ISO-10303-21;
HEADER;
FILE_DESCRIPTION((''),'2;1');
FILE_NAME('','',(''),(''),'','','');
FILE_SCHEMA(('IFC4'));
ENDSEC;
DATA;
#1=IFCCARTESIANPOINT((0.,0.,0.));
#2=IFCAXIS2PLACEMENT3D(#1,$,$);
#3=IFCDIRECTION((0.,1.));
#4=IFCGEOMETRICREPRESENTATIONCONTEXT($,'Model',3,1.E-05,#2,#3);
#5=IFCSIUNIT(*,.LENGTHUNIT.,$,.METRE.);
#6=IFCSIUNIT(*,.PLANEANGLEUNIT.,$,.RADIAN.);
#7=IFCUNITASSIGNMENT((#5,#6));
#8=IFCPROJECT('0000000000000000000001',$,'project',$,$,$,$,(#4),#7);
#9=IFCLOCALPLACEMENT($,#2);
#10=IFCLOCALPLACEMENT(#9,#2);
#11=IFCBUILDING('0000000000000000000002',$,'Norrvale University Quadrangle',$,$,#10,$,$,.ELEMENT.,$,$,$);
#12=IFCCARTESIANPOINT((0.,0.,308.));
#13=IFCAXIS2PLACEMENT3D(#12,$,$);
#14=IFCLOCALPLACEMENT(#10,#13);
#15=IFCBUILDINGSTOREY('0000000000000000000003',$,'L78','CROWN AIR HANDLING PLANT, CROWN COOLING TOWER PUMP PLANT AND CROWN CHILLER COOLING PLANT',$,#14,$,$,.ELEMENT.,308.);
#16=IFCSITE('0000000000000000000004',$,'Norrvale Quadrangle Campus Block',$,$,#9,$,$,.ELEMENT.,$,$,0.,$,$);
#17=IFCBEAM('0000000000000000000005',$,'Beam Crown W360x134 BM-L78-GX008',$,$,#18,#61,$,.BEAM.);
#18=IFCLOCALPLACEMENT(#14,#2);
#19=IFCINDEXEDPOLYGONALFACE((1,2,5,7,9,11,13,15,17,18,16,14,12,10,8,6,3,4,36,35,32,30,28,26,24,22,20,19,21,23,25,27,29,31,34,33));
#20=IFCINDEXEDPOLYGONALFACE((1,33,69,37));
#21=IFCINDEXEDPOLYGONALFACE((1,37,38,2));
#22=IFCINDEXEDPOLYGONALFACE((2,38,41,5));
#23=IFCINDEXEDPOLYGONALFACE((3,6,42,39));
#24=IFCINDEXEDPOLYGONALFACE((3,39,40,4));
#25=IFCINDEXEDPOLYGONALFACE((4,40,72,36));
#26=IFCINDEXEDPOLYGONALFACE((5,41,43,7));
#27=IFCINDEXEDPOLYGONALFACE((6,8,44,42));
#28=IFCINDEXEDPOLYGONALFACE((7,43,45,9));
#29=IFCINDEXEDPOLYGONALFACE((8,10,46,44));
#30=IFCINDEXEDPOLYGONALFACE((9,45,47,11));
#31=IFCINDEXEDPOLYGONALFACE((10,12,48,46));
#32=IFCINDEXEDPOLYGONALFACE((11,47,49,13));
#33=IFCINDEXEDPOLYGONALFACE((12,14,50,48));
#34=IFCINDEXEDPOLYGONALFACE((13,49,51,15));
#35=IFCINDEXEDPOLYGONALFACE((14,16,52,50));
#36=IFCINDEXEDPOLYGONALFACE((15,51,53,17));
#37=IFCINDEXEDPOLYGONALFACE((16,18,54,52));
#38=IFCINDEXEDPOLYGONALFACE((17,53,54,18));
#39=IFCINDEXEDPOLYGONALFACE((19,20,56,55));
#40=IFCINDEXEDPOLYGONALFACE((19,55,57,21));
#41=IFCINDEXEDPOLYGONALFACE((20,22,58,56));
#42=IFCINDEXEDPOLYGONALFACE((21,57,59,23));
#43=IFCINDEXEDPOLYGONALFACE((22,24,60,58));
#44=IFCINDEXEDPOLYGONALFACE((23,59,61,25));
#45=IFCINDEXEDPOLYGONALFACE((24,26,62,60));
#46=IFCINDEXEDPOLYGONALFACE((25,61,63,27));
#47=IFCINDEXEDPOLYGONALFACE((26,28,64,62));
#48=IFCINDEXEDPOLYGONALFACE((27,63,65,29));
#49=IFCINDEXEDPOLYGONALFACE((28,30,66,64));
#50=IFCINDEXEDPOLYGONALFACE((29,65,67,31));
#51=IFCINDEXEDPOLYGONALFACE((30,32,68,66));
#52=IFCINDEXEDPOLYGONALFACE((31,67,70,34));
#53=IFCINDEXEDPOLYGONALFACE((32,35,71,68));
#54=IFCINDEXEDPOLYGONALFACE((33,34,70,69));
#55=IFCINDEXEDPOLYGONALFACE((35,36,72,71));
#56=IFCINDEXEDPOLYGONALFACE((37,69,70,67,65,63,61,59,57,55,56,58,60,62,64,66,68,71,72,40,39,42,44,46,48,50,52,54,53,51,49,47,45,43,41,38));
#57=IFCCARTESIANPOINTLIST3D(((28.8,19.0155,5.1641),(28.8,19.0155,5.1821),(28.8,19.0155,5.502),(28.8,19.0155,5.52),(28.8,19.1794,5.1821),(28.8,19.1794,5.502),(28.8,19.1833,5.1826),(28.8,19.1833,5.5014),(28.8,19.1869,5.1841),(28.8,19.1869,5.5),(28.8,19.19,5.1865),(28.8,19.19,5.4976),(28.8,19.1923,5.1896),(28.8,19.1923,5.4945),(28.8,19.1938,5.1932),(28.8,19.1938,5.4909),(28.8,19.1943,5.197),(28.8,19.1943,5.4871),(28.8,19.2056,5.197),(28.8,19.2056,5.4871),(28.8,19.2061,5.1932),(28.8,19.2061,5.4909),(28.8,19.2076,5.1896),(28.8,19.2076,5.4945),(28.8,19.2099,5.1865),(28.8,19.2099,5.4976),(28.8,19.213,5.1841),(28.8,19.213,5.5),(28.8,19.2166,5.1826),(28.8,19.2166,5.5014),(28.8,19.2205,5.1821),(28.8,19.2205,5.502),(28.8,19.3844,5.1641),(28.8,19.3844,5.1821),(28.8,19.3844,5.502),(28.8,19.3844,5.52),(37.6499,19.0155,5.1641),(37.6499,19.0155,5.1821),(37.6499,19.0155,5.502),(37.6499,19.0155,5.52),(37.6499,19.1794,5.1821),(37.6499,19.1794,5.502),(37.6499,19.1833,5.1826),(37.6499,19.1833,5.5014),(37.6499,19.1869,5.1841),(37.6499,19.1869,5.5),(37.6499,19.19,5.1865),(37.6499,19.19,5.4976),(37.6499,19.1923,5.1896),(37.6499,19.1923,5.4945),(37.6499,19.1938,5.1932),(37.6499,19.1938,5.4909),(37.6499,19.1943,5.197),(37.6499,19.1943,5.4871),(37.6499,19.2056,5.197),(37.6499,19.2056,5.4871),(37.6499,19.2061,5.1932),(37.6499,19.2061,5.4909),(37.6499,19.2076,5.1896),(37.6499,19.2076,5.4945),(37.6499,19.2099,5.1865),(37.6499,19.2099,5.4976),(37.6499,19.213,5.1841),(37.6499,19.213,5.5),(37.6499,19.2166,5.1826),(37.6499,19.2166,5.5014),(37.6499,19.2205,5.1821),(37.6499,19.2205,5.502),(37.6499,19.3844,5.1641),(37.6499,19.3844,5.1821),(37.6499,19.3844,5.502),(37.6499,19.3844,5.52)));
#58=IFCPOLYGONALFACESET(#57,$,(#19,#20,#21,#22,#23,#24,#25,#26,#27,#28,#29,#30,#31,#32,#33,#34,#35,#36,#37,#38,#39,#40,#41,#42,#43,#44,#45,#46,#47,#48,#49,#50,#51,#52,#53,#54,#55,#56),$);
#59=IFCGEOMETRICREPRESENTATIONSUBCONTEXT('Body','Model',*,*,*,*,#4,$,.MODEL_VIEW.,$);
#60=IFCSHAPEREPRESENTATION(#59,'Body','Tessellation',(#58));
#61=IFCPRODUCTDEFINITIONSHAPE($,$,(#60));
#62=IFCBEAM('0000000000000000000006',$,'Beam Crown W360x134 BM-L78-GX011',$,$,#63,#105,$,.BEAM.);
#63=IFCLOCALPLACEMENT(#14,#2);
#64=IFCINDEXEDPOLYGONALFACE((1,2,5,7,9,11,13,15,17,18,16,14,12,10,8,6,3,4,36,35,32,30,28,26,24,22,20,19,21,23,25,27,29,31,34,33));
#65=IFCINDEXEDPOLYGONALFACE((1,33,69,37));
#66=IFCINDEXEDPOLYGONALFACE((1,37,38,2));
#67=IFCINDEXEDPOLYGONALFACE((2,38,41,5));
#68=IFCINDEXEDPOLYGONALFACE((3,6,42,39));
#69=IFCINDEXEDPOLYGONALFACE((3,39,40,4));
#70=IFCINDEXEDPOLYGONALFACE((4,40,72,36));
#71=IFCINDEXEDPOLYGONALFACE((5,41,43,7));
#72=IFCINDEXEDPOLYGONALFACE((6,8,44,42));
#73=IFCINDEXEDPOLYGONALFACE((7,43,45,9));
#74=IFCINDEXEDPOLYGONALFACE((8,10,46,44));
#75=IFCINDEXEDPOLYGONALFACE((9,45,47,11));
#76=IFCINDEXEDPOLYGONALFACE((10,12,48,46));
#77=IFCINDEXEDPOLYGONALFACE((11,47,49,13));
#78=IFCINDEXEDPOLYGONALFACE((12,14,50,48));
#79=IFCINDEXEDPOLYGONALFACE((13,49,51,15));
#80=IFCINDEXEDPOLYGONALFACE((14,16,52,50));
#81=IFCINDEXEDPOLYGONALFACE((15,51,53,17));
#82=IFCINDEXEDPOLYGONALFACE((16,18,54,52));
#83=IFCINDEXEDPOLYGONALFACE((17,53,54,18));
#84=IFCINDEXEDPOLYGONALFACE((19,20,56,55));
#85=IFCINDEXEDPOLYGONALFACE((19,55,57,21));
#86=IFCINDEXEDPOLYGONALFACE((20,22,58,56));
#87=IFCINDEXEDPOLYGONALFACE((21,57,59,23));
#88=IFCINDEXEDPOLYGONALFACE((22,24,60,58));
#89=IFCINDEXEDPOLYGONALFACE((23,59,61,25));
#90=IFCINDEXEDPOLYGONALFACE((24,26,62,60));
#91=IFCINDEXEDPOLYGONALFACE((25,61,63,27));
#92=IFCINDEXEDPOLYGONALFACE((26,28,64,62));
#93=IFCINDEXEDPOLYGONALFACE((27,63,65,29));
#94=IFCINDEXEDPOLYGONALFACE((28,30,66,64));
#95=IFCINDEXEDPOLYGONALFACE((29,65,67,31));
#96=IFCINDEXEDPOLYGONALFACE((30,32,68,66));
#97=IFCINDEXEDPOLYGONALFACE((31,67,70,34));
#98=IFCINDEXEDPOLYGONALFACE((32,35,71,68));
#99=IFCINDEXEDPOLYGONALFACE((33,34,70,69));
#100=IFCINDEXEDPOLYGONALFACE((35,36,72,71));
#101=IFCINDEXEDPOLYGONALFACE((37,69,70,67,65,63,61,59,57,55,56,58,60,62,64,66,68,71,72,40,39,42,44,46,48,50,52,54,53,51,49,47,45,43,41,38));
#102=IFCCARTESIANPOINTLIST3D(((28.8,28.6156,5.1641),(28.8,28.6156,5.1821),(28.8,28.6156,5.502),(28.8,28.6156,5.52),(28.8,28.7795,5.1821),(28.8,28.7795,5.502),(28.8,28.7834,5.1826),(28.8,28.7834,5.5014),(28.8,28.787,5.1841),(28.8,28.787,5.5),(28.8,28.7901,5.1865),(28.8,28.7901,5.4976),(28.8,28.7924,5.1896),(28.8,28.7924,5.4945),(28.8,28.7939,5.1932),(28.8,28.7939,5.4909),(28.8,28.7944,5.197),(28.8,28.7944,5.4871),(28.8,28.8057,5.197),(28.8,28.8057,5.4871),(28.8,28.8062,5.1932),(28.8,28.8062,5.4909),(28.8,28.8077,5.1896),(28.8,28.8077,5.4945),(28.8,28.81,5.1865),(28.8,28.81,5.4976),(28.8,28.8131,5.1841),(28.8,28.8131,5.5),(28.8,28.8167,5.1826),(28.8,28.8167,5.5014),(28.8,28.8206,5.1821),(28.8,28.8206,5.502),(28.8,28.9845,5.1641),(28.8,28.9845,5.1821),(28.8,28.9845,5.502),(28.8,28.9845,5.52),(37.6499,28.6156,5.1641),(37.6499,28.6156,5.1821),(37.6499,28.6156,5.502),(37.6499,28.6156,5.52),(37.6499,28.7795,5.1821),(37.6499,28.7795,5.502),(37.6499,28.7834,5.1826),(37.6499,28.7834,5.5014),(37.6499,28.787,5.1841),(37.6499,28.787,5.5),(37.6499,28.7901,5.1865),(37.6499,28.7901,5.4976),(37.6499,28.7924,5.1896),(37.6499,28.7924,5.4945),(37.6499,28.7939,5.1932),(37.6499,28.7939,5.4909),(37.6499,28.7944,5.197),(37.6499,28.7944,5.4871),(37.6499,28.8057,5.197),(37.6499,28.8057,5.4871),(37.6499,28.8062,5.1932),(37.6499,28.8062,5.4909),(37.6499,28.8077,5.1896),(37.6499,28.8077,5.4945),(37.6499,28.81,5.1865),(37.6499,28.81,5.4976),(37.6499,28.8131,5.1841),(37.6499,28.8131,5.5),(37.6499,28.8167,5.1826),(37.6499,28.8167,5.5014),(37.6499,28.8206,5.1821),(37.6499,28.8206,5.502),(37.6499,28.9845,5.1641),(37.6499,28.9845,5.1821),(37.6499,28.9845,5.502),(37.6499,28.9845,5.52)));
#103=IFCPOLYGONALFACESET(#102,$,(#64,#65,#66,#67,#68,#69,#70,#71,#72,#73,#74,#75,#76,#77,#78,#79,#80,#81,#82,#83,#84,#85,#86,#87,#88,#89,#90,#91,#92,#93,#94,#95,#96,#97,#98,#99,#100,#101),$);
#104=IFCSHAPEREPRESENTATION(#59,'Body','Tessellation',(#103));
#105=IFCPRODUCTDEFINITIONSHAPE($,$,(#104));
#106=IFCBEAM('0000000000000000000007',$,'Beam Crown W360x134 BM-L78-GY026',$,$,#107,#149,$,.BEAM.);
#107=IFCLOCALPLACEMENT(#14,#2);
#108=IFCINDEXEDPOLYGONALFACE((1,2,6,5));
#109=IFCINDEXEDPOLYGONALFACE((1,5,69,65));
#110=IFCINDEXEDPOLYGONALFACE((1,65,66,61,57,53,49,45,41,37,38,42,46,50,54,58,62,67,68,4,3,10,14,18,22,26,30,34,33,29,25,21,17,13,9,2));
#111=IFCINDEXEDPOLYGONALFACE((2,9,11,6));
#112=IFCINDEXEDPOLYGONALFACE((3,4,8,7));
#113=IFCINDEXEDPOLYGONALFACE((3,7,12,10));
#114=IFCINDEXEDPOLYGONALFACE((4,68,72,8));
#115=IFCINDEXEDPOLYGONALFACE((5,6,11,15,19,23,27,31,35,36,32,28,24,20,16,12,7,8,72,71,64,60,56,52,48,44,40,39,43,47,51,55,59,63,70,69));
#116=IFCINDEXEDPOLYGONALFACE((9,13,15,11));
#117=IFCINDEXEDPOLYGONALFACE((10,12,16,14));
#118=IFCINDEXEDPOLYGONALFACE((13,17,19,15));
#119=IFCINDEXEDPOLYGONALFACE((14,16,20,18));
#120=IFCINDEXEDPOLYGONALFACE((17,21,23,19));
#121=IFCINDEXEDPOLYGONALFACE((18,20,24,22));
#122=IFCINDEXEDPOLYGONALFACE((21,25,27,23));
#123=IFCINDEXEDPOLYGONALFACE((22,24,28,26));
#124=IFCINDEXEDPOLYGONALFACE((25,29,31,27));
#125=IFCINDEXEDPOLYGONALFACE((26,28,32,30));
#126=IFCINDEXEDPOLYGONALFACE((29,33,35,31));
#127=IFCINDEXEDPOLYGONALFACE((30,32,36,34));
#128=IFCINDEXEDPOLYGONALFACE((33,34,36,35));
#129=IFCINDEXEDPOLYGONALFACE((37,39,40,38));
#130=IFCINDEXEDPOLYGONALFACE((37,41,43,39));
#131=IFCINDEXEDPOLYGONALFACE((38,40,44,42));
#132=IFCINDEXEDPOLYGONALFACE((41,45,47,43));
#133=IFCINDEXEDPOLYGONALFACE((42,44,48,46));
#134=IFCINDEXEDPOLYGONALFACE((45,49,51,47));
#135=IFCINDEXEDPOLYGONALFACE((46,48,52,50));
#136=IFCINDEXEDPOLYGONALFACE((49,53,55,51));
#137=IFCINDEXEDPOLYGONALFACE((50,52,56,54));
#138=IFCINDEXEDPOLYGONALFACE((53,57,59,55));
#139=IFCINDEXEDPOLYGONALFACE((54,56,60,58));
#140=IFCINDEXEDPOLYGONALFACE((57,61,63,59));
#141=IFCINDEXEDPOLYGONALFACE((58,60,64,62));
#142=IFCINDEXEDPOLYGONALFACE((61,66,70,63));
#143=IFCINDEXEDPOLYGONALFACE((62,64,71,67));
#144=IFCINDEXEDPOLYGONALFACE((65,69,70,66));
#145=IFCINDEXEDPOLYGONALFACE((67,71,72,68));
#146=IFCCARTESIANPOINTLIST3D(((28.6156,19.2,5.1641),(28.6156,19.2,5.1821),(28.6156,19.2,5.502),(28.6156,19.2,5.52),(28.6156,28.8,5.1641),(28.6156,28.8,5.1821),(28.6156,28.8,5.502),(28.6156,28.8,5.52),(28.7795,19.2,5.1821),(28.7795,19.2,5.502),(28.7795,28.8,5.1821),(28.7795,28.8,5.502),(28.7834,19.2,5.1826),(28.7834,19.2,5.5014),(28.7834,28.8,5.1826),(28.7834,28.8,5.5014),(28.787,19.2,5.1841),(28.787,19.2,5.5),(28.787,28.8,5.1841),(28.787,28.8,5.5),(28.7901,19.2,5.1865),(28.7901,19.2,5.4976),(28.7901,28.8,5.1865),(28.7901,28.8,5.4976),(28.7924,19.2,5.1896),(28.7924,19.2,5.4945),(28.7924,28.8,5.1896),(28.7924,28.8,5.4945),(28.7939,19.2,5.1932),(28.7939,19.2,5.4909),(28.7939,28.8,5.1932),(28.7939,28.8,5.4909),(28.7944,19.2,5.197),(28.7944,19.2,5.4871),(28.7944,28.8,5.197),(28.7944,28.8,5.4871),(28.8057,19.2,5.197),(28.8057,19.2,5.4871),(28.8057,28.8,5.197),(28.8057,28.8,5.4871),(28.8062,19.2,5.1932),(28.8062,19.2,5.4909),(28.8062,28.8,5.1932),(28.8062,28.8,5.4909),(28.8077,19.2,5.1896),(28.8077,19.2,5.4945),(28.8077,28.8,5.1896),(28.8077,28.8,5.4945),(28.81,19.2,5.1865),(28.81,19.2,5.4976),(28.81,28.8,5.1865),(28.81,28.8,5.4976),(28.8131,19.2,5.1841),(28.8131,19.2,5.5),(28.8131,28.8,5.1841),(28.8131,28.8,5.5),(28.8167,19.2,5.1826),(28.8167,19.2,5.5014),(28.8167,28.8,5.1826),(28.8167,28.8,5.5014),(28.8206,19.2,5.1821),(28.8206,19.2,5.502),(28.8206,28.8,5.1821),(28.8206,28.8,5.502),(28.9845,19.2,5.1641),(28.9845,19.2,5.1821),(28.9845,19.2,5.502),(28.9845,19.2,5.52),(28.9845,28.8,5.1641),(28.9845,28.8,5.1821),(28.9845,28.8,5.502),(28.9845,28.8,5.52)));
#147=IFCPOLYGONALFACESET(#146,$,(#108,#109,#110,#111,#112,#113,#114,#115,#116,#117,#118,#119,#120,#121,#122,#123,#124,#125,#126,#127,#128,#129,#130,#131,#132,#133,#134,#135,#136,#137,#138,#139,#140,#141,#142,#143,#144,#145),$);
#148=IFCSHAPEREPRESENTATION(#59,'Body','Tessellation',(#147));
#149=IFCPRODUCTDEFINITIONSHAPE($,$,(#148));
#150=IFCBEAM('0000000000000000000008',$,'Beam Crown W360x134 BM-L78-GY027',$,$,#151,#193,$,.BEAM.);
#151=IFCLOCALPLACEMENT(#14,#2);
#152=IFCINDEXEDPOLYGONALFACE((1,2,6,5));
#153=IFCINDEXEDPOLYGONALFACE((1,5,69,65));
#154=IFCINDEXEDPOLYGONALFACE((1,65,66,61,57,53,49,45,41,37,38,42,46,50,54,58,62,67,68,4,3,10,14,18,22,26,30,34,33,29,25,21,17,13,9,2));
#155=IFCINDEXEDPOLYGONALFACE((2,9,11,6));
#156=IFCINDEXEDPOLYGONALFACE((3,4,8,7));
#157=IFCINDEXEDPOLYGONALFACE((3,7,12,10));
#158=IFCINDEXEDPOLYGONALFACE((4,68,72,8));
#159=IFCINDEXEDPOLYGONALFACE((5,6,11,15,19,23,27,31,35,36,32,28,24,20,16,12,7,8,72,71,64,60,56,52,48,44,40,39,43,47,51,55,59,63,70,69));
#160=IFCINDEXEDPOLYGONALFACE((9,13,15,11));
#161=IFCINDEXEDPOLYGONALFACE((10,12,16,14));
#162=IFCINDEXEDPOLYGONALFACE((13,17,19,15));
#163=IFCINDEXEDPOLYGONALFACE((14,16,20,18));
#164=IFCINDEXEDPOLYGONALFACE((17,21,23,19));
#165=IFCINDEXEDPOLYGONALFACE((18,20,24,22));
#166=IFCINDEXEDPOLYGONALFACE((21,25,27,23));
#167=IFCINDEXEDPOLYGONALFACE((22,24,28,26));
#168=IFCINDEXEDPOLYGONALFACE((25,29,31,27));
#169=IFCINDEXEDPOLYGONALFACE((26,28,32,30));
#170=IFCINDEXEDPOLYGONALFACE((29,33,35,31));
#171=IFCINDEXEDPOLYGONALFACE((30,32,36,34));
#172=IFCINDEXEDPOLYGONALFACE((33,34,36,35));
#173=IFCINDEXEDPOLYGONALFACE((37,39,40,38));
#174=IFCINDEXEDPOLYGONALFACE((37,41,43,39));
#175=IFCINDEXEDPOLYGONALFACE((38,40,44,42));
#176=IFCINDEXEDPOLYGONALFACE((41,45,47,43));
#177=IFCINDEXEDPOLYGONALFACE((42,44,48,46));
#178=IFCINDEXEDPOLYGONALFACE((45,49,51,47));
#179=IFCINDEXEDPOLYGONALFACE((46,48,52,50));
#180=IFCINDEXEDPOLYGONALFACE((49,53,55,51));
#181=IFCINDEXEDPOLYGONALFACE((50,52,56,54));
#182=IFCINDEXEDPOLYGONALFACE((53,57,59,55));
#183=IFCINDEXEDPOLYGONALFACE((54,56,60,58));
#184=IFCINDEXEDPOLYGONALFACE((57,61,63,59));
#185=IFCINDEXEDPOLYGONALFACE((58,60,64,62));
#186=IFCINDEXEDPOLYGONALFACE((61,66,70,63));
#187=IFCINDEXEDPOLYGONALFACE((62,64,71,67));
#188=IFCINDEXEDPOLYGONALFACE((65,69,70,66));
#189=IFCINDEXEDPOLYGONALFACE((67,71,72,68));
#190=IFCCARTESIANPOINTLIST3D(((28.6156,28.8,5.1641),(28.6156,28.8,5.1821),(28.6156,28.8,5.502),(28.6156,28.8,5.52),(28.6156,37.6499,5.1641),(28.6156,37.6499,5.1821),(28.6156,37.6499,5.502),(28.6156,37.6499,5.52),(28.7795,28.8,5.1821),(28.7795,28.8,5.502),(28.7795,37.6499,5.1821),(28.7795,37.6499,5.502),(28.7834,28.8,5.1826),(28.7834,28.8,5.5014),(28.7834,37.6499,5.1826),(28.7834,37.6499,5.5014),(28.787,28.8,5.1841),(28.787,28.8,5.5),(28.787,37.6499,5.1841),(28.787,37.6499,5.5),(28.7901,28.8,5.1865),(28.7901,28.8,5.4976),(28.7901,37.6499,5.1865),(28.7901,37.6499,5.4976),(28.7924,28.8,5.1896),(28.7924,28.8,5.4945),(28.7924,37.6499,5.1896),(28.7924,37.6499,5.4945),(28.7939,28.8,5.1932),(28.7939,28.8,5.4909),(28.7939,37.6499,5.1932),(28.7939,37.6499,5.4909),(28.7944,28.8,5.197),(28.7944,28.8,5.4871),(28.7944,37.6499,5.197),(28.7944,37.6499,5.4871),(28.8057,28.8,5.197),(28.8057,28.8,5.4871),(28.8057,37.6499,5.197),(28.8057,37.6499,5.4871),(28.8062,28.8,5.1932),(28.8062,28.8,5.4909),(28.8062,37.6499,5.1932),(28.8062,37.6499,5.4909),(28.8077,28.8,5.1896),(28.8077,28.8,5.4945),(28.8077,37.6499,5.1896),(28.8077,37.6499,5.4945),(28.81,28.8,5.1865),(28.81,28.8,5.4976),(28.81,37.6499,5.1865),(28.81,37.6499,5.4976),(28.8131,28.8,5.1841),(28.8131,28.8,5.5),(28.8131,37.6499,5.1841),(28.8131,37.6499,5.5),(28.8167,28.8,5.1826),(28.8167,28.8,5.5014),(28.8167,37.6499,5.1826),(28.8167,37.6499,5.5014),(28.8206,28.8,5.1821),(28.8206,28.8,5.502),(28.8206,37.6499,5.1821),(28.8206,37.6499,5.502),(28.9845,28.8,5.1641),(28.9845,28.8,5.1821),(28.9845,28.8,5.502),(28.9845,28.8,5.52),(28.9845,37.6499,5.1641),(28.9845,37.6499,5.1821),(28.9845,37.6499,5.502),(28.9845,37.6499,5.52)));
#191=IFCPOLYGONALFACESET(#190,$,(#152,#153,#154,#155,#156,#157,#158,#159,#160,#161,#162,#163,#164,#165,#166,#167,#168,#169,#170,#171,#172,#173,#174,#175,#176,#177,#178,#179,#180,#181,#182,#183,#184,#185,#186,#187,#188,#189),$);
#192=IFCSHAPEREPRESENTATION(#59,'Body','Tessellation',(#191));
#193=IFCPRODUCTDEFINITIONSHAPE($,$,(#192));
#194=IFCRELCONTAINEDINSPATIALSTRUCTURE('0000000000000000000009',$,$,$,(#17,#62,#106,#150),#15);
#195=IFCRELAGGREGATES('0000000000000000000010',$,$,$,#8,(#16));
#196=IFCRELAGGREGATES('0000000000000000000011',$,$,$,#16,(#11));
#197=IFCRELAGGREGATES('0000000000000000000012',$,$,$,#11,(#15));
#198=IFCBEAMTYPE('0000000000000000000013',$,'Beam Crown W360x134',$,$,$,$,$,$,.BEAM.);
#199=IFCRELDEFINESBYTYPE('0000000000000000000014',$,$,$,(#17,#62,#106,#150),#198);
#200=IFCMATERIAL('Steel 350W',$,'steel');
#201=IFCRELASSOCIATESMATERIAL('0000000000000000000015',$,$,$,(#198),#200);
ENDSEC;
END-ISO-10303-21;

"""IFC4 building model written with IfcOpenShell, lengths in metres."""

from ifc_helpers import new_model, si_unit, direction, frame, origin, origin_2d, place, context, subcontext, project, spatial, i_section, extrude, material, material_profile, profile_set, type_object, element, save


model = new_model("IFC4")

# Units and contexts
model_context = context("Model", 3, precision=1e-05, world=origin(), true_north=direction((0.0, 1.0)))
body_context = subcontext(model_context, "Body", "Model", "MODEL_VIEW")
ifc_project = project(units=[si_unit("LENGTHUNIT", "METRE"), si_unit("PLANEANGLEUNIT", "RADIAN")], contexts=[model_context])

# Site, building, storey
site_placement = place(None, origin())
site = spatial("IfcSite", under=ifc_project, at=site_placement, Name="Norrvale Quadrangle Campus Block", CompositionType="ELEMENT", RefElevation=0.0)
building_placement = place(site_placement, origin())
building = spatial("IfcBuilding", under=site, at=building_placement, Name="Norrvale University Quadrangle", CompositionType="ELEMENT")
storey_placement = place(building_placement, frame((0.0, 0.0, 308.0)))
storey = spatial("IfcBuildingStorey", under=building, at=storey_placement, Name="L78", Description="CROWN AIR HANDLING PLANT, CROWN COOLING TOWER PUMP PLANT AND CROWN CHILLER COOLING PLANT", CompositionType="ELEMENT", Elevation=308.0)

# Shared definitions
ifc_material_1 = material(Name="Steel 350W", Category="steel")

# Beams
ifc_material_profile_1 = material_profile(ifc_material_1, i_section(OverallWidth=0.3689, OverallDepth=0.356, WebThickness=0.0112, FlangeThickness=0.0181, FilletRadius=0.0149, at=origin_2d()), Name="Steel 350W")
ifc_profile_set_1 = profile_set([ifc_material_profile_1], Name="Steel 350W")
beam_type_1 = type_object("IfcBeamType", Name="Beam Crown W360x134", PredefinedType="BEAM", material=ifc_profile_set_1)
for number, where, z_axis, x_axis, name in (
    (1, (28.8, 19.2, 5.342), (1.0, 0.0, 0.0), (0.0, 1.0, 0.0), "Beam Crown W360x134 BM-L78-GX008"),
    (2, (28.8, 28.8, 5.342), (1.0, 0.0, 0.0), (0.0, 1.0, 0.0), "Beam Crown W360x134 BM-L78-GX011"),
):
    element("IfcBeam", number, at=place(storey_placement, frame(where, z_axis=z_axis, x_axis=x_axis)), inside=storey, type_object=beam_type_1, Name=name, PredefinedType="BEAM", context=body_context, shape_type="SweptSolid", body=[
        extrude(i_section(OverallWidth=0.3689, OverallDepth=0.356, WebThickness=0.0112, FlangeThickness=0.0181, FilletRadius=0.0149, at=origin_2d()), origin(), (0.0, 0.0, 1.0), 8.8499),
    ])
beam_1_placement = place(storey_placement, frame((28.8, 19.2, 5.342), z_axis=(0.0, 1.0, 0.0), x_axis=(-1.0, 0.0, 0.0)))
element("IfcBeam", 3, at=beam_1_placement, inside=storey, type_object=beam_type_1, Name="Beam Crown W360x134 BM-L78-GY026", PredefinedType="BEAM", context=body_context, shape_type="SweptSolid", body=[
    extrude(i_section(OverallWidth=0.3689, OverallDepth=0.356, WebThickness=0.0112, FlangeThickness=0.0181, FilletRadius=0.0149, at=origin_2d()), origin(), (0.0, 0.0, 1.0), 9.6001),
])
beam_2_placement = place(storey_placement, frame((28.8, 28.8, 5.342), z_axis=(0.0, 1.0, 0.0), x_axis=(-1.0, 0.0, 0.0)))
element("IfcBeam", 4, at=beam_2_placement, inside=storey, type_object=beam_type_1, Name="Beam Crown W360x134 BM-L78-GY027", PredefinedType="BEAM", context=body_context, shape_type="SweptSolid", body=[
    extrude(i_section(OverallWidth=0.3689, OverallDepth=0.356, WebThickness=0.0112, FlangeThickness=0.0181, FilletRadius=0.0149, at=origin_2d()), origin(), (0.0, 0.0, 1.0), 8.8499),
])

save(model, "model.ifc")
